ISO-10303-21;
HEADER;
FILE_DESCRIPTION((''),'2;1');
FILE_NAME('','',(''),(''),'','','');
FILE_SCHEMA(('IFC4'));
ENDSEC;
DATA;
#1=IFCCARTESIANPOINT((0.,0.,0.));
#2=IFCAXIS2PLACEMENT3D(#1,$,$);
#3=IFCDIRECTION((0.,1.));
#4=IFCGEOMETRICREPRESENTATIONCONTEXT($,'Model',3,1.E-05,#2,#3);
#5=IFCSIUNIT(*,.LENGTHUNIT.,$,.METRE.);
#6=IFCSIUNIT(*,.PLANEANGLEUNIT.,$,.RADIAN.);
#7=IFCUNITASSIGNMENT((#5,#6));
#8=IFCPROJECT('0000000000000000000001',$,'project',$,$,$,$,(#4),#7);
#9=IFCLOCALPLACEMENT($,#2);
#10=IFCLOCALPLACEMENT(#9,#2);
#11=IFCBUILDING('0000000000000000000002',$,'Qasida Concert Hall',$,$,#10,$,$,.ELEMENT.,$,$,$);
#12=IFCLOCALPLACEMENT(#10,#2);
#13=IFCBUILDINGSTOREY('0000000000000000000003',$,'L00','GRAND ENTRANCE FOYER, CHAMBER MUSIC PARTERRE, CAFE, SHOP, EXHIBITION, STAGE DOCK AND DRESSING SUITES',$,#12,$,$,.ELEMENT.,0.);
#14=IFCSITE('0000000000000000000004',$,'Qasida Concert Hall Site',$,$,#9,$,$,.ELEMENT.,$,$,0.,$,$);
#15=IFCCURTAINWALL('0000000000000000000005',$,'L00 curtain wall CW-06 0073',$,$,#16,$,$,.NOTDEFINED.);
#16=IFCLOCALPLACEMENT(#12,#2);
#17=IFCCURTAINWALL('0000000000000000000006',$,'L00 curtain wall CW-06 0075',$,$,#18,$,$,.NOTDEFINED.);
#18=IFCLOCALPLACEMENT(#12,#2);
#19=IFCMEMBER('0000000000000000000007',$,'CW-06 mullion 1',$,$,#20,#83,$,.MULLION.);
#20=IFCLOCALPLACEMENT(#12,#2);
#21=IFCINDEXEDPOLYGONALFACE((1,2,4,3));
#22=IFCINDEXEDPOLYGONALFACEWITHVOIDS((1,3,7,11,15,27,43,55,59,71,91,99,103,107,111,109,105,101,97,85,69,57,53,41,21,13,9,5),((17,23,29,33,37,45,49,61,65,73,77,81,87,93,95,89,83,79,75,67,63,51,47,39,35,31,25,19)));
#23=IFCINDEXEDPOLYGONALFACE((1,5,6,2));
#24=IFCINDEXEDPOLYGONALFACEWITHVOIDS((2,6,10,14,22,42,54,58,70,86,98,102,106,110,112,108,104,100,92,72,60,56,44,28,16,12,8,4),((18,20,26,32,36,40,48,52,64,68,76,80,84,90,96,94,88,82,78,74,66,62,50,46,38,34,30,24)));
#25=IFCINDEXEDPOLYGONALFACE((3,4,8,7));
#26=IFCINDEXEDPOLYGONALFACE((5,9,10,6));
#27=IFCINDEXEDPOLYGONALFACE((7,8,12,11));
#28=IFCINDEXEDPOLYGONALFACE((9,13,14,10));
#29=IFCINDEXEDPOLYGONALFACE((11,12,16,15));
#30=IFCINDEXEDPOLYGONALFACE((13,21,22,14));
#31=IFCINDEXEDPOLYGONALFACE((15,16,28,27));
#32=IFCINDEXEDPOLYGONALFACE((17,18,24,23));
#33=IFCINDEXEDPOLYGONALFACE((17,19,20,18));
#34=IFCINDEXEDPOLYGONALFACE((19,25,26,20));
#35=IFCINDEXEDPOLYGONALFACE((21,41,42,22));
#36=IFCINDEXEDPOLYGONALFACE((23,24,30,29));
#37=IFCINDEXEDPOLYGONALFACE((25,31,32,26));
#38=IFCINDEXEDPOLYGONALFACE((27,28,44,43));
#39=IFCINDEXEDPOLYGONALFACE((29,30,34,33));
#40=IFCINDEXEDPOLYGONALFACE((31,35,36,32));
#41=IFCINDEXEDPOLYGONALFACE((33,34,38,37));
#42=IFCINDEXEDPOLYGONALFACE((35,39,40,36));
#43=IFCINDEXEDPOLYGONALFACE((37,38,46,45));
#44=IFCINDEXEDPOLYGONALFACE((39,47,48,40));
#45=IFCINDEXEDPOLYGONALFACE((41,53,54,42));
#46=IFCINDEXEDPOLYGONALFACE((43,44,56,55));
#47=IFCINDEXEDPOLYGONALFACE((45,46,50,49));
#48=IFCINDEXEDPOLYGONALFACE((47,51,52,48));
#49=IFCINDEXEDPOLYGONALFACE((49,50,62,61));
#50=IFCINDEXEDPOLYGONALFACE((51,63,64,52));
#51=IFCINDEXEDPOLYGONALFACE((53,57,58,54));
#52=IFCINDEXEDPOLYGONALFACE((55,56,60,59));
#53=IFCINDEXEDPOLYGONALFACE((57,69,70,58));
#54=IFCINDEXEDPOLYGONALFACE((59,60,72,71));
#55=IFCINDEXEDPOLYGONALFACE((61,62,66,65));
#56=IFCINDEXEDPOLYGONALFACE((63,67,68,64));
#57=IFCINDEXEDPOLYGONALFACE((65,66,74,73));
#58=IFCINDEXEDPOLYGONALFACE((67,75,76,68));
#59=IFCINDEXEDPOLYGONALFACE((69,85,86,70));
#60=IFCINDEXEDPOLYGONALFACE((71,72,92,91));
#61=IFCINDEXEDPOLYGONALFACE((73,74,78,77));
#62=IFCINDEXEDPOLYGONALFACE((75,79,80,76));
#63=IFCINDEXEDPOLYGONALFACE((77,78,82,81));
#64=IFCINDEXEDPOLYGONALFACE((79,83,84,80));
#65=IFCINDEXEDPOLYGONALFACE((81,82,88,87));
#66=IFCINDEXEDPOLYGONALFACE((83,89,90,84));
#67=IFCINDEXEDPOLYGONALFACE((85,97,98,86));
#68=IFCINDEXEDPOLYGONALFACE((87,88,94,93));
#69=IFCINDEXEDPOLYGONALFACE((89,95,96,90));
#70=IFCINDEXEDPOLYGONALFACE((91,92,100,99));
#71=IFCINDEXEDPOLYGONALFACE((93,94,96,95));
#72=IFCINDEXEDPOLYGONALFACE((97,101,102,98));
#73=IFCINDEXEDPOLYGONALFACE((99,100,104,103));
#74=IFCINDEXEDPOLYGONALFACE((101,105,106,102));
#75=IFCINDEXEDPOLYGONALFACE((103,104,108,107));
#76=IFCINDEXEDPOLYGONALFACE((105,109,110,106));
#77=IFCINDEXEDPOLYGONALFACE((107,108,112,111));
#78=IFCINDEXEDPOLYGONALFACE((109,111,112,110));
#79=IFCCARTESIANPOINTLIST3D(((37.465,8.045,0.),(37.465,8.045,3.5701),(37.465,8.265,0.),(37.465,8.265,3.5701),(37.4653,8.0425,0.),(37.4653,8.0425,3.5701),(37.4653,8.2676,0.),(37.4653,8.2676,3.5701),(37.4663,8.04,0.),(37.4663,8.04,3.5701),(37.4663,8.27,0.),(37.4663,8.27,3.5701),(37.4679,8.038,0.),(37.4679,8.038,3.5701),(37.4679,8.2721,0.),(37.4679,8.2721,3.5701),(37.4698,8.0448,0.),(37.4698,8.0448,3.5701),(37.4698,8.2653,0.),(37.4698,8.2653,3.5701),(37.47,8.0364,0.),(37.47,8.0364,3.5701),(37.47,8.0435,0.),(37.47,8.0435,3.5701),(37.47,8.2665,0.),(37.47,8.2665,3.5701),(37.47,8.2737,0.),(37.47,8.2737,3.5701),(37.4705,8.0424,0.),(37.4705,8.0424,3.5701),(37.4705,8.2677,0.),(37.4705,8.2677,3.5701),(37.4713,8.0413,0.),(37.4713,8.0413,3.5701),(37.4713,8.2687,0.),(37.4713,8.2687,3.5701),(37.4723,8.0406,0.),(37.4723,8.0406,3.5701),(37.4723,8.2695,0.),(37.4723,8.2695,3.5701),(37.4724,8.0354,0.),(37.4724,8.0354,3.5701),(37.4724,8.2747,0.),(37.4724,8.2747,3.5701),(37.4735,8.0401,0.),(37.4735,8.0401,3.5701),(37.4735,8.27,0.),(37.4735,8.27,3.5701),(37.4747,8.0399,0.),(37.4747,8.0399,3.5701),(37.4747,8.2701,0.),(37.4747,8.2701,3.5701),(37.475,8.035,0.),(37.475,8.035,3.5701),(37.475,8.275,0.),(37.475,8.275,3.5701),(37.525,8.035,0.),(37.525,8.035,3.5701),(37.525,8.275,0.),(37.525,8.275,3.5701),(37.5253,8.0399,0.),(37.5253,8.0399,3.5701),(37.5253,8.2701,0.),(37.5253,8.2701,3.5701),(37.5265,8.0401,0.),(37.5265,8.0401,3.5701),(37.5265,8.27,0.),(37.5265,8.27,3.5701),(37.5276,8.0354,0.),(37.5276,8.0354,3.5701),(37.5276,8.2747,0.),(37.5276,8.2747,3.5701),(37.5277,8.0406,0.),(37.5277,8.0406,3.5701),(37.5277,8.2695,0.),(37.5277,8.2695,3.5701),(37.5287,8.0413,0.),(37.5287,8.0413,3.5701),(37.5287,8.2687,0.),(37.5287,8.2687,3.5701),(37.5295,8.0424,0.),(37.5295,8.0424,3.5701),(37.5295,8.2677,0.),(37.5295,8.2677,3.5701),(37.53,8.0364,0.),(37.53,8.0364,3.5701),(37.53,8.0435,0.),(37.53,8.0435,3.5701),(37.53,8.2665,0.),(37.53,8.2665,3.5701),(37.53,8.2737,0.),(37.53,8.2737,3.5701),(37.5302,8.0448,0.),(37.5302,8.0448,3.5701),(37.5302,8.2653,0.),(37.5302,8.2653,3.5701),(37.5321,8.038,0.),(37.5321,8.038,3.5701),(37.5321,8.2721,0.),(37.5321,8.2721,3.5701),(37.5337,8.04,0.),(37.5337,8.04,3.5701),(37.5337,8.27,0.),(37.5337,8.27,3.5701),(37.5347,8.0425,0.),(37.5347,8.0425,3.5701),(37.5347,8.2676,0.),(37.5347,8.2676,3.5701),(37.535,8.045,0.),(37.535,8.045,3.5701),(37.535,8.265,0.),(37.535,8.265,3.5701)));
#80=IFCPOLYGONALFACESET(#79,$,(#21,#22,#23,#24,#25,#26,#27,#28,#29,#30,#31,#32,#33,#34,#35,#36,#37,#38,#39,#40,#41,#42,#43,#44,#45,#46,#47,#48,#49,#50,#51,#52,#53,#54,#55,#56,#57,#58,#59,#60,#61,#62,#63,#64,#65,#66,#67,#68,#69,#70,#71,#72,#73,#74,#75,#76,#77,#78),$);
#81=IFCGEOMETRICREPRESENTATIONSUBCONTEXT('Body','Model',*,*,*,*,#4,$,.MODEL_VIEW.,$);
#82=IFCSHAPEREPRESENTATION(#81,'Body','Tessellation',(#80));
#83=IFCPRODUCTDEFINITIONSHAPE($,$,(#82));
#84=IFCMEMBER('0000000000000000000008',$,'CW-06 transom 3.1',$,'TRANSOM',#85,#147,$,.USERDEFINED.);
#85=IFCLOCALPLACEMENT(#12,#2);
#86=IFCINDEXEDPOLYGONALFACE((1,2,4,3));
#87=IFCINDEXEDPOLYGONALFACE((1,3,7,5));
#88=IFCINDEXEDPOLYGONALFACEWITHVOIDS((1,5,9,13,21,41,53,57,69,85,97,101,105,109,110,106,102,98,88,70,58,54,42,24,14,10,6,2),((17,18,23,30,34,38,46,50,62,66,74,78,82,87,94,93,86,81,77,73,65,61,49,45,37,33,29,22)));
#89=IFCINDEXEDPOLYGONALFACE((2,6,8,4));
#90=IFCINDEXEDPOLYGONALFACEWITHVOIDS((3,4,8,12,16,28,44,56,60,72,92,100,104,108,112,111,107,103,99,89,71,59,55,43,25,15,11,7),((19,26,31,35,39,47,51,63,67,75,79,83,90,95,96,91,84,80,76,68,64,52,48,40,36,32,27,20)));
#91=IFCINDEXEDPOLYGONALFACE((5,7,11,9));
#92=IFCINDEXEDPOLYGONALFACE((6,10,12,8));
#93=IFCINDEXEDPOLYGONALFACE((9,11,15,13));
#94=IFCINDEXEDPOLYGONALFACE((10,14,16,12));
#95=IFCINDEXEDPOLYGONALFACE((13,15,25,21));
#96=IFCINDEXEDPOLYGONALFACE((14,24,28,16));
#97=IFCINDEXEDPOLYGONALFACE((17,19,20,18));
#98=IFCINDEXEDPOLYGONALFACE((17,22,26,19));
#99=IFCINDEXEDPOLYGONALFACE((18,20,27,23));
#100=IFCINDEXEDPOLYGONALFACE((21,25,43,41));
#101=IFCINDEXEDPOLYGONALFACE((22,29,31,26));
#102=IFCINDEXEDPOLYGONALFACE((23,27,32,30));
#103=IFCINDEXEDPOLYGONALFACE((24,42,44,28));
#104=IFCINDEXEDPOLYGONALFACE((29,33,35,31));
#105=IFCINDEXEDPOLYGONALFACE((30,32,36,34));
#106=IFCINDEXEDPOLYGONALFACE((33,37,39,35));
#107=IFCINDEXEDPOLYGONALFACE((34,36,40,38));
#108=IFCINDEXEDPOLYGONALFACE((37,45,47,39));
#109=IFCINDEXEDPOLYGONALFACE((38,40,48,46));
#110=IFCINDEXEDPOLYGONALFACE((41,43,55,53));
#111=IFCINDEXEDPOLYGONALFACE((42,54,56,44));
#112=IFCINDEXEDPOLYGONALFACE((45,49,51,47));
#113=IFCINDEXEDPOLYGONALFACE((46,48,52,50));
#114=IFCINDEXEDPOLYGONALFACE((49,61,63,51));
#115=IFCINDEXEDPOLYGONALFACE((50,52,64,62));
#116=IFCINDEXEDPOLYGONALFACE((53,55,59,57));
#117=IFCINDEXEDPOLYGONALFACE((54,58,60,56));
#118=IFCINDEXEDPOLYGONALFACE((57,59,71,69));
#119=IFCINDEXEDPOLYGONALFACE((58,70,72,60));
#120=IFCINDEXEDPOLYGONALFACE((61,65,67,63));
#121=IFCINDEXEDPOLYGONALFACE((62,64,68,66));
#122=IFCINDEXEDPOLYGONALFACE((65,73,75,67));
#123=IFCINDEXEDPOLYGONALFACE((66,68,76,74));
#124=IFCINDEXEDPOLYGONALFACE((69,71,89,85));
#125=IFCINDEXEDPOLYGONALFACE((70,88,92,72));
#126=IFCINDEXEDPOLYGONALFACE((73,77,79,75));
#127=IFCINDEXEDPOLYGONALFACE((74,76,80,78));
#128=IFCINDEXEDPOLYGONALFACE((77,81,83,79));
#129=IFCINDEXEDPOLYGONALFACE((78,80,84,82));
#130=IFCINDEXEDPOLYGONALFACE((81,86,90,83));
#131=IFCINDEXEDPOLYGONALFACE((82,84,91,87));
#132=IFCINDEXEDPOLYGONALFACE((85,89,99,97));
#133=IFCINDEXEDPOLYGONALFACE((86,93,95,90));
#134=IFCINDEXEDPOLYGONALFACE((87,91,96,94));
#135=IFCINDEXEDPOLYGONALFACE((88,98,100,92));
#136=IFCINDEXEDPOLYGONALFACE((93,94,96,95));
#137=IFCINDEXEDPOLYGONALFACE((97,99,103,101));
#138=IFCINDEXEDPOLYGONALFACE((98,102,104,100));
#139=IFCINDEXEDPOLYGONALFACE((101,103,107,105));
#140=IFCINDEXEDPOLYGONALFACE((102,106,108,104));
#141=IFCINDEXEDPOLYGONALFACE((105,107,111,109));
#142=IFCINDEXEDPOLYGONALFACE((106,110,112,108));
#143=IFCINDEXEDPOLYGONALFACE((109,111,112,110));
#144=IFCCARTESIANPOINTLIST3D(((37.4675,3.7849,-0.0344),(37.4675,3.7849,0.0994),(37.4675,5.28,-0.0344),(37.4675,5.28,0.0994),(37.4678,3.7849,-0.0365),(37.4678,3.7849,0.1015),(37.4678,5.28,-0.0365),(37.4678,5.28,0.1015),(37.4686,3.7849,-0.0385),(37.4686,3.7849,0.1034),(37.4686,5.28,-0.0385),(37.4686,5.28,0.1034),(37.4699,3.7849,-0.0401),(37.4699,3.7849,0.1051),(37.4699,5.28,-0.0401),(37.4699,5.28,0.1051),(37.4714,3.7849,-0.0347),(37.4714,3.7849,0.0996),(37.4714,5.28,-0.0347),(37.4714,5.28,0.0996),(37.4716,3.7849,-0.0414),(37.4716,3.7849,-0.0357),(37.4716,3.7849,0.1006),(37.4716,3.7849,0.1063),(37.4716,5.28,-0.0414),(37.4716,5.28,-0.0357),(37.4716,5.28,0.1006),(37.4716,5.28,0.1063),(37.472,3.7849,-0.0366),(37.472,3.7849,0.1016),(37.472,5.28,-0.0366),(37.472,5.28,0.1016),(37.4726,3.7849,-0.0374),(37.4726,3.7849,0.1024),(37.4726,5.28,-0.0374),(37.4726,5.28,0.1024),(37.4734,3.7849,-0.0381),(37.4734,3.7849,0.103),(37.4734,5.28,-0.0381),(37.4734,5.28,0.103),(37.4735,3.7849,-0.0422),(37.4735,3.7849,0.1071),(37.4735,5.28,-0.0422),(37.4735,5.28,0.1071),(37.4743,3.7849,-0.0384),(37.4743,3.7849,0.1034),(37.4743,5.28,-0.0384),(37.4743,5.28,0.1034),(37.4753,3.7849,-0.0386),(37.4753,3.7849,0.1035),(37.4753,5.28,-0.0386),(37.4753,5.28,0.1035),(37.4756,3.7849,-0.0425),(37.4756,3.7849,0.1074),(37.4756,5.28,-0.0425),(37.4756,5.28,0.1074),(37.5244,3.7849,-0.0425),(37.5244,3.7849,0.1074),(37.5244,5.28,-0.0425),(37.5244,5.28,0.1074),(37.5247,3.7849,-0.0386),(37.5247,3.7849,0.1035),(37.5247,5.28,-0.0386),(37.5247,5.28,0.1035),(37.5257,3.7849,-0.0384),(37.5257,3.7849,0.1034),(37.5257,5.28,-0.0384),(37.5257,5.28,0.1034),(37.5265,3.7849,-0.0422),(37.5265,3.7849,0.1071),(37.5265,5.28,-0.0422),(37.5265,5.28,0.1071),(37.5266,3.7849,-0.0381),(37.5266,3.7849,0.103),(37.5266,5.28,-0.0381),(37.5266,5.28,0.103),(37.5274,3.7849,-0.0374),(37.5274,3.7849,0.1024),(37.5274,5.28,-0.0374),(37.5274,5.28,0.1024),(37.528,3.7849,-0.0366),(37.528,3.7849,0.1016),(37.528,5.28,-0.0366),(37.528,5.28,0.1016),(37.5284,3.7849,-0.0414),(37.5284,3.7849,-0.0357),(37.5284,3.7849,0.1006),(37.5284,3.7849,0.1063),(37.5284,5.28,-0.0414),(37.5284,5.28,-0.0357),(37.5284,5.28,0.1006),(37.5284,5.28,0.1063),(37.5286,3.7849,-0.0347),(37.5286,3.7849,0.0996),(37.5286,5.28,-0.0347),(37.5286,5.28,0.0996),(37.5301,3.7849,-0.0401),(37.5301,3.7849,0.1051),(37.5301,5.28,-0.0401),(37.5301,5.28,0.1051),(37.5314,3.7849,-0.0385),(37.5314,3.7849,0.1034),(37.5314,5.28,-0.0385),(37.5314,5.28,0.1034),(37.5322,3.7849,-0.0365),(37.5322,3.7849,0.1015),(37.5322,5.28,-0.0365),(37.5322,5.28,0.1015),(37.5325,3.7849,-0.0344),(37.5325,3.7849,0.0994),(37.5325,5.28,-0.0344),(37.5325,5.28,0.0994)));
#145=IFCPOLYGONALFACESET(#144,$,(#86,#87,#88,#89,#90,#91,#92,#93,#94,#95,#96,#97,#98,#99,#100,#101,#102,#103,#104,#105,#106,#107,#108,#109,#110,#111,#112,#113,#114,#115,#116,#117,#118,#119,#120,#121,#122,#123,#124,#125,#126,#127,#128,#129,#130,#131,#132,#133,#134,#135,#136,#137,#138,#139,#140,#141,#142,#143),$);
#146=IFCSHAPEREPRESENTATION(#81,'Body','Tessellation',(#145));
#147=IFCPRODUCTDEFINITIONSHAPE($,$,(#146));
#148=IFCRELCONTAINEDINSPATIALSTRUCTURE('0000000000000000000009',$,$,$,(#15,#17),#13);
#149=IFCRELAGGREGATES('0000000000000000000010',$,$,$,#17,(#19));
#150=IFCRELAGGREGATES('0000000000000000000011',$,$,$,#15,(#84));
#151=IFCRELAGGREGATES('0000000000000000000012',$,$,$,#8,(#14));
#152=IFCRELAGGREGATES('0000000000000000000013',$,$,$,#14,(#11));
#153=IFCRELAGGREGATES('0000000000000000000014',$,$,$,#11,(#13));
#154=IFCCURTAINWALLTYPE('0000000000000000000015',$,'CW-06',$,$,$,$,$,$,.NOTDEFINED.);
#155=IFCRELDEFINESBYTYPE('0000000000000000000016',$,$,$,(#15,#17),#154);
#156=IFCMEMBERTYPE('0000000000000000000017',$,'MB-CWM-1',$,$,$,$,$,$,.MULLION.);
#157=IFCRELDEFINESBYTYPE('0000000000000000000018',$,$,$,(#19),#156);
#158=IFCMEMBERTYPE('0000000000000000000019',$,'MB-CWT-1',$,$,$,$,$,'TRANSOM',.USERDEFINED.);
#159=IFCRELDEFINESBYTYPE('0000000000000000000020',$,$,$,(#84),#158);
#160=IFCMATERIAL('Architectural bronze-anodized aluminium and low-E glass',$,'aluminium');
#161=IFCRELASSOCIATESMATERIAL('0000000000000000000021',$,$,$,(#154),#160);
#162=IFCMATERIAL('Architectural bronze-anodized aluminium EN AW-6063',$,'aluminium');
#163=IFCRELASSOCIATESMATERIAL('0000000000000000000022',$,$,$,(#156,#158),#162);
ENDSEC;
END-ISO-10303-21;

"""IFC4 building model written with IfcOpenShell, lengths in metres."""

from ifc_helpers import new_model, si_unit, direction, frame, origin, origin_2d, place, context, subcontext, project, spatial, hollow_rectangle, extrude, material, material_profile, profile_set, type_object, element, aggregate, save


model = new_model("IFC4")

# Units and contexts
model_context = context("Model", 3, precision=1e-05, world=origin(), true_north=direction((0.0, 1.0)))
body_context = subcontext(model_context, "Body", "Model", "MODEL_VIEW")
ifc_project = project(units=[si_unit("LENGTHUNIT", "METRE"), si_unit("PLANEANGLEUNIT", "RADIAN")], contexts=[model_context])

# Site, building, storey
site_placement = place(None, origin())
site = spatial("IfcSite", under=ifc_project, at=site_placement, Name="Qasida Concert Hall Site", CompositionType="ELEMENT", RefElevation=0.0)
building_placement = place(site_placement, origin())
building = spatial("IfcBuilding", under=site, at=building_placement, Name="Qasida Concert Hall", CompositionType="ELEMENT")
storey_placement = place(building_placement, origin())
storey = spatial("IfcBuildingStorey", under=building, at=storey_placement, Name="L00", Description="GRAND ENTRANCE FOYER, CHAMBER MUSIC PARTERRE, CAFE, SHOP, EXHIBITION, STAGE DOCK AND DRESSING SUITES", CompositionType="ELEMENT", Elevation=0.0)

# Curtain wall
ifc_material_1 = material(Name="Architectural bronze-anodized aluminium and low-E glass", Category="aluminium")
curtain_wall_type = type_object("IfcCurtainWallType", Name="CW-06", PredefinedType="NOTDEFINED", material=ifc_material_1)
curtain_wall_1_placement = place(storey_placement, origin())
curtain_wall_1 = element("IfcCurtainWall", 1, at=curtain_wall_1_placement, inside=storey, type_object=curtain_wall_type, Name="L00 curtain wall CW-06 0073", PredefinedType="NOTDEFINED")
ifc_material_2 = material(Name="Architectural bronze-anodized aluminium EN AW-6063", Category="aluminium")
ifc_material_profile_1 = material_profile(ifc_material_2, hollow_rectangle(XDim=0.0701, YDim=0.24, WallThickness=0.0049, InnerFilletRadius=0.0049, OuterFilletRadius=0.01, at=origin_2d()), Name="CWM 240x70x5")
ifc_profile_set_1 = profile_set([ifc_material_profile_1], Name="Architectural bronze-anodized aluminium EN AW-6063")
member_type_1 = type_object("IfcMemberType", Name="MB-CWM-1", PredefinedType="MULLION", material=ifc_profile_set_1)

# Curtain wall, member
curtain_wall_2_placement = place(storey_placement, origin())
curtain_wall_2 = element("IfcCurtainWall", 2, at=curtain_wall_2_placement, inside=storey, type_object=curtain_wall_type, Name="L00 curtain wall CW-06 0075", PredefinedType="NOTDEFINED")
member_1_placement = place(storey_placement, frame((37.5, 8.155, 0.0), z_axis=(0.0, 0.0, 1.0), x_axis=(-1.0, 0.0, 0.0)))
member_1 = element("IfcMember", 3, at=member_1_placement, type_object=member_type_1, Name="CW-06 mullion 1", PredefinedType="MULLION", context=body_context, shape_type="SweptSolid", body=[
    extrude(hollow_rectangle(XDim=0.0701, YDim=0.24, WallThickness=0.0049, InnerFilletRadius=0.0049, OuterFilletRadius=0.01, at=origin_2d()), origin(), (0.0, 0.0, 1.0), 3.5701),
])

# Member
ifc_material_profile_2 = material_profile(ifc_material_2, hollow_rectangle(XDim=0.0649, YDim=0.1499, WallThickness=0.0039, InnerFilletRadius=0.0039, OuterFilletRadius=0.0081, at=origin_2d()), Name="CWT 150x65x4")
ifc_profile_set_2 = profile_set([ifc_material_profile_2], Name="Architectural bronze-anodized aluminium EN AW-6063")
member_type_2 = type_object("IfcMemberType", Name="MB-CWT-1", ElementType="TRANSOM", PredefinedType="USERDEFINED", material=ifc_profile_set_2)
member_2_placement = place(storey_placement, frame((37.5, 3.7849, 0.0325), z_axis=(0.0, 1.0, 0.0), x_axis=(-1.0, 0.0, 0.0)))
member_2 = element("IfcMember", 4, at=member_2_placement, type_object=member_type_2, Name="CW-06 transom 3.1", ObjectType="TRANSOM", PredefinedType="USERDEFINED", context=body_context, shape_type="SweptSolid", body=[
    extrude(hollow_rectangle(XDim=0.0649, YDim=0.1499, WallThickness=0.0039, InnerFilletRadius=0.0039, OuterFilletRadius=0.0081, at=origin_2d()), origin(), (0.0, 0.0, 1.0), 1.4951),
])
aggregate(curtain_wall_2, [member_1])

aggregate(curtain_wall_1, [member_2])

save(model, "model.ifc")
